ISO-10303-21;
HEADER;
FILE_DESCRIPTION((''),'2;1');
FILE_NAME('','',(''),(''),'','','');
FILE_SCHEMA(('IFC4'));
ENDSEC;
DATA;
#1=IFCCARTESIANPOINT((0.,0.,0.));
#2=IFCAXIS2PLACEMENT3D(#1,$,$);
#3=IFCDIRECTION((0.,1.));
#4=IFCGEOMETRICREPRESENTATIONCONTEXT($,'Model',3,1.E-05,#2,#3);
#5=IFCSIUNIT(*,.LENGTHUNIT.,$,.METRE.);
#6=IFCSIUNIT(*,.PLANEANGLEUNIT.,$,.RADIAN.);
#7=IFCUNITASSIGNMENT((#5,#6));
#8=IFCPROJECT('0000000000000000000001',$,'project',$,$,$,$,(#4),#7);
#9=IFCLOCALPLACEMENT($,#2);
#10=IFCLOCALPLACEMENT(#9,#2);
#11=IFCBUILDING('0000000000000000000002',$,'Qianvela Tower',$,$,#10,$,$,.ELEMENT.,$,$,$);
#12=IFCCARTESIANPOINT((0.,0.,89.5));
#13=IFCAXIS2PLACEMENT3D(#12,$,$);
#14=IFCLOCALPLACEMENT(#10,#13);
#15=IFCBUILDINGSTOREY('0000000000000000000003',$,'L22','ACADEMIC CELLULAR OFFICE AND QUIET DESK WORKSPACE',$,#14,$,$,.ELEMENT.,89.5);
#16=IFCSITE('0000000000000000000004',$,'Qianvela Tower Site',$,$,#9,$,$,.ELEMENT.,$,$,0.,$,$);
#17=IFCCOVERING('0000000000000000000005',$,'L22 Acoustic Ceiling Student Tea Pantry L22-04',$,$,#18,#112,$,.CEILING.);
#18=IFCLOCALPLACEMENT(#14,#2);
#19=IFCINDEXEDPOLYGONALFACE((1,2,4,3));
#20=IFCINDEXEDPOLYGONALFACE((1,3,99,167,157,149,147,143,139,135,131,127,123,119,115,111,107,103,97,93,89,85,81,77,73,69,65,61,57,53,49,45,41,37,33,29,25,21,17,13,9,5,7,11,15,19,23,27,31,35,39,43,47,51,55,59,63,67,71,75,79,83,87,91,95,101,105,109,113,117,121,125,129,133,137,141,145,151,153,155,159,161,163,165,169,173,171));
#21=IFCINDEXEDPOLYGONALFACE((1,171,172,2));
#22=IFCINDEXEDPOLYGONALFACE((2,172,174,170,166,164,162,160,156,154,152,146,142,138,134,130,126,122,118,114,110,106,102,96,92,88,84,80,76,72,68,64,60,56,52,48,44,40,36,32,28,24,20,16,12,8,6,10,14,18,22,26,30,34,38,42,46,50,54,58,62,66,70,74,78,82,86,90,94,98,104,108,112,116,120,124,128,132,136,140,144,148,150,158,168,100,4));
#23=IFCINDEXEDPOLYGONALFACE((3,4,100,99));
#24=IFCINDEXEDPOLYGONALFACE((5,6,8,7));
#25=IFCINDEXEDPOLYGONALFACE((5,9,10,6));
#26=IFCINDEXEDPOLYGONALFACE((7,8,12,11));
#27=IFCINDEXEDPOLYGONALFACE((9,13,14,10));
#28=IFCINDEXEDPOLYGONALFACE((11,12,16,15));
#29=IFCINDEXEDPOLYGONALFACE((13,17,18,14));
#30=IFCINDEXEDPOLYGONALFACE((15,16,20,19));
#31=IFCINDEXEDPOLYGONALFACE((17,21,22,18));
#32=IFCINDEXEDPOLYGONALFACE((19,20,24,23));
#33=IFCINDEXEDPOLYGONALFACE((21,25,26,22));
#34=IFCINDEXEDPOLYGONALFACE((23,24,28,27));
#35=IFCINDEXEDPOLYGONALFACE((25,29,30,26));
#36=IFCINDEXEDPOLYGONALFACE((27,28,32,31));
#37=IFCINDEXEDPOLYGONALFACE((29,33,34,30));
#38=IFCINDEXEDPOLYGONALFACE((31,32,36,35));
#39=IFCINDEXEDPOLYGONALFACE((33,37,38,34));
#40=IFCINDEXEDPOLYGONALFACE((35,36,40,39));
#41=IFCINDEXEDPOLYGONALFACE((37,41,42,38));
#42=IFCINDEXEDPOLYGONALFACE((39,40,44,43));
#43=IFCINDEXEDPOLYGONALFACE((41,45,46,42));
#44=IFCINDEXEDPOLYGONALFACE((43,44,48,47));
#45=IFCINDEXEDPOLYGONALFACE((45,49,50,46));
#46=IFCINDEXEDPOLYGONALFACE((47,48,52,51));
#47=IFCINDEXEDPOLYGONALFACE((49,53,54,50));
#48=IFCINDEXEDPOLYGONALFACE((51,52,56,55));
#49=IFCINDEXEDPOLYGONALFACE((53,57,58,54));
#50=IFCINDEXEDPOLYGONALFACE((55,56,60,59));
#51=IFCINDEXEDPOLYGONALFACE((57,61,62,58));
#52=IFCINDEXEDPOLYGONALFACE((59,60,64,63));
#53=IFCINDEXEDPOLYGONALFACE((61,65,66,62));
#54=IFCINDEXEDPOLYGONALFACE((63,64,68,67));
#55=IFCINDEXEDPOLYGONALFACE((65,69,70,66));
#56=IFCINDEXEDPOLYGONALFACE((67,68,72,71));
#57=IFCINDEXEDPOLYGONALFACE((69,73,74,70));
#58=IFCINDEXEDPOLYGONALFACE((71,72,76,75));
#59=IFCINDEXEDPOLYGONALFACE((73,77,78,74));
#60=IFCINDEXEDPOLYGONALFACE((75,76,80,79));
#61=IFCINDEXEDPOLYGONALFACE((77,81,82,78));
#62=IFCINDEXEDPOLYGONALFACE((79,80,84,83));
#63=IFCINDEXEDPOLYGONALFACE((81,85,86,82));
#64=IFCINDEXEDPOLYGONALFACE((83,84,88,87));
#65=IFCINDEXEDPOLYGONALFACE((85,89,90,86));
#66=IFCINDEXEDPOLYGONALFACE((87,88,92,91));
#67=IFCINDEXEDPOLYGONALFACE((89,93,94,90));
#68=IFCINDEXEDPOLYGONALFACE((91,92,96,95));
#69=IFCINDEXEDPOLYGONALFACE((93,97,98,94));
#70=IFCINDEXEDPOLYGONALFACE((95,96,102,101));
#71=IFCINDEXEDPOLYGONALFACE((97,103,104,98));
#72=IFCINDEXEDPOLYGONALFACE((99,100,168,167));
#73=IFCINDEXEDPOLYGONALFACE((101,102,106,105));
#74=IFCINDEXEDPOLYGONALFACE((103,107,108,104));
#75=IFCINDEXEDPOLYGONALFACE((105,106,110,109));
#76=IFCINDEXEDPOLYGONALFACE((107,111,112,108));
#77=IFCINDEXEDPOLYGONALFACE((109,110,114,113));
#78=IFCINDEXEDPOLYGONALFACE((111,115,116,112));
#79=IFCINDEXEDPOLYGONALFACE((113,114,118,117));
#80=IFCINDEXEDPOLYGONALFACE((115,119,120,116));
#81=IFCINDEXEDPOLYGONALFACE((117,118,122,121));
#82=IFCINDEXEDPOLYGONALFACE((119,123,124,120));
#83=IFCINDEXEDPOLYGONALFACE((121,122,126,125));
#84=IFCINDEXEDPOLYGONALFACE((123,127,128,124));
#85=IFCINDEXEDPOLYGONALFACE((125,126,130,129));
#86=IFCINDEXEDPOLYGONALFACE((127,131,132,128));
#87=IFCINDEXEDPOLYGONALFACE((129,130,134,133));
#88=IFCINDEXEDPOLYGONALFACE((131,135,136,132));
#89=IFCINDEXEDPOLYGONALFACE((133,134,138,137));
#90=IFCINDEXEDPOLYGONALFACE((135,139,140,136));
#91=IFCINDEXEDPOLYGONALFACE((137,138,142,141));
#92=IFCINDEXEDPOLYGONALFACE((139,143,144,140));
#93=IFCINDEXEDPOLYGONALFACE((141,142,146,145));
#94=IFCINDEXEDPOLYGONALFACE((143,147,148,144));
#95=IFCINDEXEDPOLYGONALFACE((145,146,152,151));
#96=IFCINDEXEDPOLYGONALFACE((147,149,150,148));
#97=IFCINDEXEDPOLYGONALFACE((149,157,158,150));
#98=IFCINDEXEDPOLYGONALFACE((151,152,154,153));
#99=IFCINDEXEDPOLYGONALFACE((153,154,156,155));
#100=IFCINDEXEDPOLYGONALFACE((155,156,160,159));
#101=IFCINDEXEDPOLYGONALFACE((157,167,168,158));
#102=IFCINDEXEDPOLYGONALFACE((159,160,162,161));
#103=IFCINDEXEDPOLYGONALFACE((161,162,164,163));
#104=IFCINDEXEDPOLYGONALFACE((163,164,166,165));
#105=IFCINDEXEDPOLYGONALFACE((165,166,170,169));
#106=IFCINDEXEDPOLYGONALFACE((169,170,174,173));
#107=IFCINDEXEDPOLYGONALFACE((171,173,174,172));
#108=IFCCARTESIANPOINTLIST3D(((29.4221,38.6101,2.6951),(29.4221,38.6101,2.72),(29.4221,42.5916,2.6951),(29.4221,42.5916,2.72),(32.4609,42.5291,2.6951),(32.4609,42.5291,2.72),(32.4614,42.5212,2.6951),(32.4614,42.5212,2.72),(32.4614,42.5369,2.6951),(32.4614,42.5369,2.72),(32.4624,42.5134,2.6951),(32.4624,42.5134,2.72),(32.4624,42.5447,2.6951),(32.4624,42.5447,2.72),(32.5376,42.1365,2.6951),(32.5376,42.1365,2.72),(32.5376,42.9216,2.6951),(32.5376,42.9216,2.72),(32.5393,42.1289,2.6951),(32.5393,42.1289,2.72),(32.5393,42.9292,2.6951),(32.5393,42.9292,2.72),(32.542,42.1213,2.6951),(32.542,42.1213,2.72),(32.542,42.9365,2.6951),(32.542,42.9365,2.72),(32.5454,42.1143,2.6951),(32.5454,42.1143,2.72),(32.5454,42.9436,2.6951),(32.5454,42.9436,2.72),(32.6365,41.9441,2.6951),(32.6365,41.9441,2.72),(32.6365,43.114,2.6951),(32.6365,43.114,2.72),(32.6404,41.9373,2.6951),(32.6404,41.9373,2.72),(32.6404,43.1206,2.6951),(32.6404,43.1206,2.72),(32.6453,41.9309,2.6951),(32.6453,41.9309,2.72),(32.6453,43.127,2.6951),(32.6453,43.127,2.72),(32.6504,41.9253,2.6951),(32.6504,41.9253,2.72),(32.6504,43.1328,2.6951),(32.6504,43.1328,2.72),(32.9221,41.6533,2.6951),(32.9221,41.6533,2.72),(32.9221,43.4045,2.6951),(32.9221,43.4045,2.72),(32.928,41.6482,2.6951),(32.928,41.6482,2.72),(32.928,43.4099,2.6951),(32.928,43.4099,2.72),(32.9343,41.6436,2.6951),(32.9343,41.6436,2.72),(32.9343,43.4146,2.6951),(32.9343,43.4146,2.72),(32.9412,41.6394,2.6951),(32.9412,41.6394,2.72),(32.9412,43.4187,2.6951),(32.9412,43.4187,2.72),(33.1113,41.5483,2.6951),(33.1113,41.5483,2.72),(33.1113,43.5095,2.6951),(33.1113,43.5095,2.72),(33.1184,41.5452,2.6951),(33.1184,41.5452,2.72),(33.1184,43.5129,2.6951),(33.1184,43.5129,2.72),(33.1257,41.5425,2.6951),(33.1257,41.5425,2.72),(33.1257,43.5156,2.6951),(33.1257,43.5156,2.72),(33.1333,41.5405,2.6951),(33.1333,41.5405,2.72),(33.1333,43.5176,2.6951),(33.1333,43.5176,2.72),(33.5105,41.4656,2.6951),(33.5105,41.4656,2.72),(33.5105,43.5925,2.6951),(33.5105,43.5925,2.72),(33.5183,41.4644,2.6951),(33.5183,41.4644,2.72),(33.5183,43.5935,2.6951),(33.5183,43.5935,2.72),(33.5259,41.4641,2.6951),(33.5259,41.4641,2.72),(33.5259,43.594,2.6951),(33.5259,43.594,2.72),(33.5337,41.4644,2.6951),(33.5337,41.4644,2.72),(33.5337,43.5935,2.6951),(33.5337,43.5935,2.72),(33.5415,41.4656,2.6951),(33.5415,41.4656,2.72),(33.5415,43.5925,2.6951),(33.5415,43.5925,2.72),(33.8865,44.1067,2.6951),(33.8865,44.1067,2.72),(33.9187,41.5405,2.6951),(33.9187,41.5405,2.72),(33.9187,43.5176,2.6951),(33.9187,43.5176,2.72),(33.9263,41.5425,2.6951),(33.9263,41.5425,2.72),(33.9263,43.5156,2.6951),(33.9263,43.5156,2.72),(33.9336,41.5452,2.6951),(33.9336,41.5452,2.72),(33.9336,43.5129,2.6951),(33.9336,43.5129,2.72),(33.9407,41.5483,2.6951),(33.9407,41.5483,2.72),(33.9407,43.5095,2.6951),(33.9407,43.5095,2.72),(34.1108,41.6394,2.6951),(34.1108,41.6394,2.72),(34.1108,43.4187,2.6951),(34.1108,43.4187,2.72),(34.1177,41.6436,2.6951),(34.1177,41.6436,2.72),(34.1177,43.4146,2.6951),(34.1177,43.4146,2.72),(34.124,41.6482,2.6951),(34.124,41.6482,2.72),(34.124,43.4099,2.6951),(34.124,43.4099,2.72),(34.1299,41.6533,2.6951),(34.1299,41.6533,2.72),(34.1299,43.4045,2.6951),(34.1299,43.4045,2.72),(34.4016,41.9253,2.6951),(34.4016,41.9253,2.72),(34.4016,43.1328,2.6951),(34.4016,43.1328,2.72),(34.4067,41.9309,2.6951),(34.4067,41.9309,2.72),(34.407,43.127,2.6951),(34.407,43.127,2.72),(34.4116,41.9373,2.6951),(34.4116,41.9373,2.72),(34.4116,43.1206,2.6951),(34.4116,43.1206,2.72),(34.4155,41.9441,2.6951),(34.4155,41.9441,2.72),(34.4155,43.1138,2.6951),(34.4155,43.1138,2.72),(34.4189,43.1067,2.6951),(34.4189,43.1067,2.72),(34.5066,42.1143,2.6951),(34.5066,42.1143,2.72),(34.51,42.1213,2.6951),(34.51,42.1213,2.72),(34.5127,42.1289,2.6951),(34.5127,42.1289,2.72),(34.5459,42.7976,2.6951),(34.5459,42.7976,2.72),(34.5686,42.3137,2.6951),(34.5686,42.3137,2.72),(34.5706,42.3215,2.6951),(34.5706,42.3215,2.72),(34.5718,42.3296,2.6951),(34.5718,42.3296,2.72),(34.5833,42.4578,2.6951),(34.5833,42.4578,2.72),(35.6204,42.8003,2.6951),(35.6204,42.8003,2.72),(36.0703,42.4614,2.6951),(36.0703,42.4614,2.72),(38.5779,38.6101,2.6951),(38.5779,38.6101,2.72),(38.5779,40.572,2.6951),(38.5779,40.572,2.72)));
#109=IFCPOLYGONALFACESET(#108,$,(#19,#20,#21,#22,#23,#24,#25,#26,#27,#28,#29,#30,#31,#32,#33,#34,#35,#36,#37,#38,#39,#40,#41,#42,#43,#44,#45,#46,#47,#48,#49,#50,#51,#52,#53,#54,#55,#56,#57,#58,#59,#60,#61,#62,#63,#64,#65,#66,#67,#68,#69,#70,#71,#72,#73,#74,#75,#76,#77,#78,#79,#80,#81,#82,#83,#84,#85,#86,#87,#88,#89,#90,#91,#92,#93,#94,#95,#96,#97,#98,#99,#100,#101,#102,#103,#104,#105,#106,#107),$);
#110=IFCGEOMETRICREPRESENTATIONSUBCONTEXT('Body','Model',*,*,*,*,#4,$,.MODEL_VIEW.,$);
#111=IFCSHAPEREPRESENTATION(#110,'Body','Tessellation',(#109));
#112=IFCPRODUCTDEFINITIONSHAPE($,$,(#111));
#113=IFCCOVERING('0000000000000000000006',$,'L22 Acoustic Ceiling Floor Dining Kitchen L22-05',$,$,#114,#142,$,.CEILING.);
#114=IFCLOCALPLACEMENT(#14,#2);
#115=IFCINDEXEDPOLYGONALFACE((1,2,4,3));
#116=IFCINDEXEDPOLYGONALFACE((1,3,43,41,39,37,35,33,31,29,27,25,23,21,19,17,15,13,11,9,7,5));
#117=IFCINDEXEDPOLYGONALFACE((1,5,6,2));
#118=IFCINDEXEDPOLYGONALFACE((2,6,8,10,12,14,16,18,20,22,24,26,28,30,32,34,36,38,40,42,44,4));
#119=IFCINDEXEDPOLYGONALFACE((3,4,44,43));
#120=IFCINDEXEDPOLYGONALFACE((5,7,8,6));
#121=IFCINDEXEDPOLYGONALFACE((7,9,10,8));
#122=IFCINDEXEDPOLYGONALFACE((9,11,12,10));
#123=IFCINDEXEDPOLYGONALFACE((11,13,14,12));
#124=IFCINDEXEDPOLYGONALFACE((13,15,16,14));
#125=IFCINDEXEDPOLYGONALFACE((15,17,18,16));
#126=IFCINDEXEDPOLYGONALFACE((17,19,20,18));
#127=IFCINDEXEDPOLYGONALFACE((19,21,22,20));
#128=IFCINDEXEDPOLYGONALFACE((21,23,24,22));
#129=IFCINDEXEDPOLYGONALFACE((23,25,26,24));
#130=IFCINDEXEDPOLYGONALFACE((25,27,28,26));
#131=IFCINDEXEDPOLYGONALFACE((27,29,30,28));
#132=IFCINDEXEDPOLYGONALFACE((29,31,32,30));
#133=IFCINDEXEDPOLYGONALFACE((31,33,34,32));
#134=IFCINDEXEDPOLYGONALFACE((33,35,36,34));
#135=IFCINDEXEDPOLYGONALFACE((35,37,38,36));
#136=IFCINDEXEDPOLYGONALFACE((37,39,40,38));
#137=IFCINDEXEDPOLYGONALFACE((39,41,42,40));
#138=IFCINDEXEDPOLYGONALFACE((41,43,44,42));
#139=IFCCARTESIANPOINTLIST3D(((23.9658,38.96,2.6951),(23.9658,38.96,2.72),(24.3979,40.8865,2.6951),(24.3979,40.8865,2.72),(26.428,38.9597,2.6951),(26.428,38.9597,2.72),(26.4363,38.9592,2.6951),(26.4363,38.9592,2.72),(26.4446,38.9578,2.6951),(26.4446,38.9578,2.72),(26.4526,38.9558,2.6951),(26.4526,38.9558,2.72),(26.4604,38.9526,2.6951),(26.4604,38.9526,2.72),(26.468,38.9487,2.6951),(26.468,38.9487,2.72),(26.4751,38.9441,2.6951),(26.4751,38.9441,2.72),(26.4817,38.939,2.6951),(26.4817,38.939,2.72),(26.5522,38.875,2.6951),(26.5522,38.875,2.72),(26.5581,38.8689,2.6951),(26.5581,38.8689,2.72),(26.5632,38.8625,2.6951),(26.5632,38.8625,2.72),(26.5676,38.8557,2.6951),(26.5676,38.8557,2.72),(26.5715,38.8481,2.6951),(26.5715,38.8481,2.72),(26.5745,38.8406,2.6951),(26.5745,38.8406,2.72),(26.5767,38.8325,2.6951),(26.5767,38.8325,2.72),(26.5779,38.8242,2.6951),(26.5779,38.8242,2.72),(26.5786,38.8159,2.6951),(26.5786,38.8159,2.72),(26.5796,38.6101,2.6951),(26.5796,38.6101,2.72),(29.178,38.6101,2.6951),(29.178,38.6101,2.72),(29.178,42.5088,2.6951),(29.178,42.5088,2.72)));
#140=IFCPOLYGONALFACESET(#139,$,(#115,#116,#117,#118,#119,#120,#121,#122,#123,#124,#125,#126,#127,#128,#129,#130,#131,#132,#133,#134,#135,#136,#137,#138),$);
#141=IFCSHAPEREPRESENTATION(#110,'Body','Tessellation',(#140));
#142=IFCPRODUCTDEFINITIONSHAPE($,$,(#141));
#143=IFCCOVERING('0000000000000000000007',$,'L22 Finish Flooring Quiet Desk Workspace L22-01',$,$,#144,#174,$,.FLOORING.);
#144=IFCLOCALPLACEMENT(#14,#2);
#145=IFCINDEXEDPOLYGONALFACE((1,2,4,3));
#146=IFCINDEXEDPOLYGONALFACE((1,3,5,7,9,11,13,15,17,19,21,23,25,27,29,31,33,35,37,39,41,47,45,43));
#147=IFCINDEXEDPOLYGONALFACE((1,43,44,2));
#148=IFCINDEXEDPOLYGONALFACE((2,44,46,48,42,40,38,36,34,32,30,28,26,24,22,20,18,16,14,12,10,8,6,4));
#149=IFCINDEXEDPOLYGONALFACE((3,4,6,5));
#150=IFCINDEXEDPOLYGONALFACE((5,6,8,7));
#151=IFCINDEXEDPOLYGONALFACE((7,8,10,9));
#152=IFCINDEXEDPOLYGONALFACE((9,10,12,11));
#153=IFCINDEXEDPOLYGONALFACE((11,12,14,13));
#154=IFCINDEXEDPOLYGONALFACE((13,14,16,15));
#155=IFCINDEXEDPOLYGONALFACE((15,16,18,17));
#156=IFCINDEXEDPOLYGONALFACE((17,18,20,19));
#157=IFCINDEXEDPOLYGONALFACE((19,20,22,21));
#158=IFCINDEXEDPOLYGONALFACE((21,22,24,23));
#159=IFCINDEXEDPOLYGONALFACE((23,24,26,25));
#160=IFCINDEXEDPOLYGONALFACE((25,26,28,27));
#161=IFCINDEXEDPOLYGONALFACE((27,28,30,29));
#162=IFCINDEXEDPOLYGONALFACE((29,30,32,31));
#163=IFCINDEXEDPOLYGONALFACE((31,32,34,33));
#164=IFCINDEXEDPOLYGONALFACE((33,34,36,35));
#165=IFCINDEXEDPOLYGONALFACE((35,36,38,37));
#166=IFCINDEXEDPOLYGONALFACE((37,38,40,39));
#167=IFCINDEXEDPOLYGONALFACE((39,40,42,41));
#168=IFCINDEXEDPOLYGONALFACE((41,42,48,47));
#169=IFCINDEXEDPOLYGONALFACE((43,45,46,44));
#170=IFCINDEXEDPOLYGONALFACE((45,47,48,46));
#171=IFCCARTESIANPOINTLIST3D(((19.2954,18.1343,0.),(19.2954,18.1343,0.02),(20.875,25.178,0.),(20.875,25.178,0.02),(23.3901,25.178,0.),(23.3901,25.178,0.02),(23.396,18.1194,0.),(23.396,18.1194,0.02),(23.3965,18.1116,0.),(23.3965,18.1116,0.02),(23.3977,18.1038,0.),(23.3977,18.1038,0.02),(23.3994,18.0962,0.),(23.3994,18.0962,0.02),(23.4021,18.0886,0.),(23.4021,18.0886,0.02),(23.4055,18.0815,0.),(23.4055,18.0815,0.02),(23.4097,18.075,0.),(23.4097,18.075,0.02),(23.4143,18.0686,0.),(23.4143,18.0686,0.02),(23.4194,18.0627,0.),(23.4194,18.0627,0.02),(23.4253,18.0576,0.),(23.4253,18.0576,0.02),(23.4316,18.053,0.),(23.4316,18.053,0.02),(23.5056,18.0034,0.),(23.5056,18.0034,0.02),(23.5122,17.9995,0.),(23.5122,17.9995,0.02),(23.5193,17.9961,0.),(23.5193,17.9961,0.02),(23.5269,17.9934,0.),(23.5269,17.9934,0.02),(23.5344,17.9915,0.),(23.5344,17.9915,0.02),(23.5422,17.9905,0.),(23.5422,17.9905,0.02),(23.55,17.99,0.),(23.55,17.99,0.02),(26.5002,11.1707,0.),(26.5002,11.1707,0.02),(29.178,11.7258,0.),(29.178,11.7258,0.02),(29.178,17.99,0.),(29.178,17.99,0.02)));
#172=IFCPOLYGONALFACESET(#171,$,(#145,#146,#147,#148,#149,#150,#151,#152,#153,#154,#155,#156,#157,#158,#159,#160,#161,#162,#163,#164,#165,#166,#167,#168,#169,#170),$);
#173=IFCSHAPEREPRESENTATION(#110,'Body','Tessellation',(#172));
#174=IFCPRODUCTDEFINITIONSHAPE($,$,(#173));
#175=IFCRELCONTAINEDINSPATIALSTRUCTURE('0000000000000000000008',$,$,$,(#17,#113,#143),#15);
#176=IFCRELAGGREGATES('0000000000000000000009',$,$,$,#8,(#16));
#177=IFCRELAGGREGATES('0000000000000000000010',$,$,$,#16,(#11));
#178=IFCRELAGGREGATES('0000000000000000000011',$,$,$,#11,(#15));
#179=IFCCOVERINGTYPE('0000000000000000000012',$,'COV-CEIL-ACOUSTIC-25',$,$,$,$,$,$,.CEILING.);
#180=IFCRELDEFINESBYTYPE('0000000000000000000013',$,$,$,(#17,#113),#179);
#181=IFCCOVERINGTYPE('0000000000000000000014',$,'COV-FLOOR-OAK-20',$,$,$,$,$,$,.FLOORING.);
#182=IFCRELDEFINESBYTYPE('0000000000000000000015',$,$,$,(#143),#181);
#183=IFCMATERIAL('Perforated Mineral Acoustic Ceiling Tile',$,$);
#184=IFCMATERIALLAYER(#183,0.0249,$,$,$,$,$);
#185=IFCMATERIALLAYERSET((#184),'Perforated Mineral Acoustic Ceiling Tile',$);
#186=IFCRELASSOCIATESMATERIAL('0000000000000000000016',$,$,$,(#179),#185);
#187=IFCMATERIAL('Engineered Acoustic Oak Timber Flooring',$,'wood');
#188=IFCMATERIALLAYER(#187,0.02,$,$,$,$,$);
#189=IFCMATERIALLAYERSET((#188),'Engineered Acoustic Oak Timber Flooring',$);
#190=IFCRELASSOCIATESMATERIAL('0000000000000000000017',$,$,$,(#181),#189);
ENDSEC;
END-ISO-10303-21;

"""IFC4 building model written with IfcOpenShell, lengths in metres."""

from ifc_helpers import new_model, si_unit, direction, frame, origin, place, context, subcontext, project, spatial, polyline, outline, extrude, material, layer, layer_set, type_object, element, save


model = new_model("IFC4")

# Units and contexts
model_context = context("Model", 3, precision=1e-05, world=origin(), true_north=direction((0.0, 1.0)))
body_context = subcontext(model_context, "Body", "Model", "MODEL_VIEW")
ifc_project = project(units=[si_unit("LENGTHUNIT", "METRE"), si_unit("PLANEANGLEUNIT", "RADIAN")], contexts=[model_context])

# Site, building, storey
site_placement = place(None, origin())
site = spatial("IfcSite", under=ifc_project, at=site_placement, Name="Qianvela Tower Site", CompositionType="ELEMENT", RefElevation=0.0)
building_placement = place(site_placement, origin())
building = spatial("IfcBuilding", under=site, at=building_placement, Name="Qianvela Tower", CompositionType="ELEMENT")
storey_placement = place(building_placement, frame((0.0, 0.0, 89.5)))
storey = spatial("IfcBuildingStorey", under=building, at=storey_placement, Name="L22", Description="ACADEMIC CELLULAR OFFICE AND QUIET DESK WORKSPACE", CompositionType="ELEMENT", Elevation=89.5)

# Coverings
ifc_material_1 = material(Name="Perforated Mineral Acoustic Ceiling Tile")
ifc_layer_1 = layer(ifc_material_1, 0.0249)
ifc_layer_set_1 = layer_set([ifc_layer_1], Name="Perforated Mineral Acoustic Ceiling Tile")
covering_type_1 = type_object("IfcCoveringType", Name="COV-CEIL-ACOUSTIC-25", PredefinedType="CEILING", material=ifc_layer_set_1)
covering_1_placement = place(storey_placement, frame((0.0, 0.0, 2.6951)))
element("IfcCovering", 1, at=covering_1_placement, inside=storey, type_object=covering_type_1, Name="L22 Acoustic Ceiling Student Tea Pantry L22-04", PredefinedType="CEILING", context=body_context, shape_type="SweptSolid", body=[
    extrude(outline(polyline([(29.4221, 38.6101), (29.4221, 42.5916), (33.8865, 44.1067), (35.6204, 42.8003), (34.5459, 42.7976), (34.4189, 43.1067), (34.4155, 43.1138), (34.4116, 43.1206), (34.407, 43.127), (34.4016, 43.1328), (34.1299, 43.4045), (34.124, 43.4099), (34.1177, 43.4146), (34.1108, 43.4187), (33.9407, 43.5095), (33.9336, 43.5129), (33.9263, 43.5156), (33.9187, 43.5176), (33.5415, 43.5925), (33.5337, 43.5935), (33.5259, 43.594), (33.5183, 43.5935), (33.5105, 43.5925), (33.1333, 43.5176), (33.1257, 43.5156), (33.1184, 43.5129), (33.1113, 43.5095), (32.9412, 43.4187), (32.9343, 43.4146), (32.928, 43.4099), (32.9221, 43.4045), (32.6504, 43.1328), (32.6453, 43.127), (32.6404, 43.1206), (32.6365, 43.114), (32.5454, 42.9436), (32.542, 42.9365), (32.5393, 42.9292), (32.5376, 42.9216), (32.4624, 42.5447), (32.4614, 42.5369), (32.4609, 42.5291), (32.4614, 42.5212), (32.4624, 42.5134), (32.5376, 42.1365), (32.5393, 42.1289), (32.542, 42.1213), (32.5454, 42.1143), (32.6365, 41.9441), (32.6404, 41.9373), (32.6453, 41.9309), (32.6504, 41.9253), (32.9221, 41.6533), (32.928, 41.6482), (32.9343, 41.6436), (32.9412, 41.6394), (33.1113, 41.5483), (33.1184, 41.5452), (33.1257, 41.5425), (33.1333, 41.5405), (33.5105, 41.4656), (33.5183, 41.4644), (33.5259, 41.4641), (33.5337, 41.4644), (33.5415, 41.4656), (33.9187, 41.5405), (33.9263, 41.5425), (33.9336, 41.5452), (33.9407, 41.5483), (34.1108, 41.6394), (34.1177, 41.6436), (34.124, 41.6482), (34.1299, 41.6533), (34.4016, 41.9253), (34.4067, 41.9309), (34.4116, 41.9373), (34.4155, 41.9441), (34.5066, 42.1143), (34.51, 42.1213), (34.5127, 42.1289), (34.5686, 42.3137), (34.5706, 42.3215), (34.5718, 42.3296), (34.5833, 42.4578), (36.0703, 42.4614), (38.5779, 40.572), (38.5779, 38.6101), (29.4221, 38.6101)])), origin(), (0.0, 0.0, 1.0), 0.0249),
])
covering_2_placement = place(storey_placement, frame((0.0, 0.0, 2.6951)))
element("IfcCovering", 2, at=covering_2_placement, inside=storey, type_object=covering_type_1, Name="L22 Acoustic Ceiling Floor Dining Kitchen L22-05", PredefinedType="CEILING", context=body_context, shape_type="SweptSolid", body=[
    extrude(outline(polyline([(29.178, 38.6101), (26.5796, 38.6101), (26.5786, 38.8159), (26.5779, 38.8242), (26.5767, 38.8325), (26.5745, 38.8406), (26.5715, 38.8481), (26.5676, 38.8557), (26.5632, 38.8625), (26.5581, 38.8689), (26.5522, 38.875), (26.4817, 38.939), (26.4751, 38.9441), (26.468, 38.9487), (26.4604, 38.9526), (26.4526, 38.9558), (26.4446, 38.9578), (26.4363, 38.9592), (26.428, 38.9597), (23.9658, 38.96), (24.3979, 40.8865), (29.178, 42.5088), (29.178, 38.6101)])), origin(), (0.0, 0.0, 1.0), 0.0249),
])
ifc_material_2 = material(Name="Engineered Acoustic Oak Timber Flooring", Category="wood")
ifc_layer_2 = layer(ifc_material_2, 0.02)
ifc_layer_set_2 = layer_set([ifc_layer_2], Name="Engineered Acoustic Oak Timber Flooring")
covering_type_2 = type_object("IfcCoveringType", Name="COV-FLOOR-OAK-20", PredefinedType="FLOORING", material=ifc_layer_set_2)
covering_3_placement = place(storey_placement, origin())
element("IfcCovering", 3, at=covering_3_placement, inside=storey, type_object=covering_type_2, Name="L22 Finish Flooring Quiet Desk Workspace L22-01", PredefinedType="FLOORING", context=body_context, shape_type="SweptSolid", body=[
    extrude(outline(polyline([(23.396, 18.1194), (23.3965, 18.1116), (23.3977, 18.1038), (23.3994, 18.0962), (23.4021, 18.0886), (23.4055, 18.0815), (23.4097, 18.075), (23.4143, 18.0686), (23.4194, 18.0627), (23.4253, 18.0576), (23.4316, 18.053), (23.5056, 18.0034), (23.5122, 17.9995), (23.5193, 17.9961), (23.5269, 17.9934), (23.5344, 17.9915), (23.5422, 17.9905), (23.55, 17.99), (29.178, 17.99), (29.178, 11.7258), (26.5002, 11.1707), (19.2954, 18.1343), (20.875, 25.178), (23.3901, 25.178), (23.396, 18.1194)])), origin(), (0.0, 0.0, 1.0), 0.02),
])

save(model, "model.ifc")
